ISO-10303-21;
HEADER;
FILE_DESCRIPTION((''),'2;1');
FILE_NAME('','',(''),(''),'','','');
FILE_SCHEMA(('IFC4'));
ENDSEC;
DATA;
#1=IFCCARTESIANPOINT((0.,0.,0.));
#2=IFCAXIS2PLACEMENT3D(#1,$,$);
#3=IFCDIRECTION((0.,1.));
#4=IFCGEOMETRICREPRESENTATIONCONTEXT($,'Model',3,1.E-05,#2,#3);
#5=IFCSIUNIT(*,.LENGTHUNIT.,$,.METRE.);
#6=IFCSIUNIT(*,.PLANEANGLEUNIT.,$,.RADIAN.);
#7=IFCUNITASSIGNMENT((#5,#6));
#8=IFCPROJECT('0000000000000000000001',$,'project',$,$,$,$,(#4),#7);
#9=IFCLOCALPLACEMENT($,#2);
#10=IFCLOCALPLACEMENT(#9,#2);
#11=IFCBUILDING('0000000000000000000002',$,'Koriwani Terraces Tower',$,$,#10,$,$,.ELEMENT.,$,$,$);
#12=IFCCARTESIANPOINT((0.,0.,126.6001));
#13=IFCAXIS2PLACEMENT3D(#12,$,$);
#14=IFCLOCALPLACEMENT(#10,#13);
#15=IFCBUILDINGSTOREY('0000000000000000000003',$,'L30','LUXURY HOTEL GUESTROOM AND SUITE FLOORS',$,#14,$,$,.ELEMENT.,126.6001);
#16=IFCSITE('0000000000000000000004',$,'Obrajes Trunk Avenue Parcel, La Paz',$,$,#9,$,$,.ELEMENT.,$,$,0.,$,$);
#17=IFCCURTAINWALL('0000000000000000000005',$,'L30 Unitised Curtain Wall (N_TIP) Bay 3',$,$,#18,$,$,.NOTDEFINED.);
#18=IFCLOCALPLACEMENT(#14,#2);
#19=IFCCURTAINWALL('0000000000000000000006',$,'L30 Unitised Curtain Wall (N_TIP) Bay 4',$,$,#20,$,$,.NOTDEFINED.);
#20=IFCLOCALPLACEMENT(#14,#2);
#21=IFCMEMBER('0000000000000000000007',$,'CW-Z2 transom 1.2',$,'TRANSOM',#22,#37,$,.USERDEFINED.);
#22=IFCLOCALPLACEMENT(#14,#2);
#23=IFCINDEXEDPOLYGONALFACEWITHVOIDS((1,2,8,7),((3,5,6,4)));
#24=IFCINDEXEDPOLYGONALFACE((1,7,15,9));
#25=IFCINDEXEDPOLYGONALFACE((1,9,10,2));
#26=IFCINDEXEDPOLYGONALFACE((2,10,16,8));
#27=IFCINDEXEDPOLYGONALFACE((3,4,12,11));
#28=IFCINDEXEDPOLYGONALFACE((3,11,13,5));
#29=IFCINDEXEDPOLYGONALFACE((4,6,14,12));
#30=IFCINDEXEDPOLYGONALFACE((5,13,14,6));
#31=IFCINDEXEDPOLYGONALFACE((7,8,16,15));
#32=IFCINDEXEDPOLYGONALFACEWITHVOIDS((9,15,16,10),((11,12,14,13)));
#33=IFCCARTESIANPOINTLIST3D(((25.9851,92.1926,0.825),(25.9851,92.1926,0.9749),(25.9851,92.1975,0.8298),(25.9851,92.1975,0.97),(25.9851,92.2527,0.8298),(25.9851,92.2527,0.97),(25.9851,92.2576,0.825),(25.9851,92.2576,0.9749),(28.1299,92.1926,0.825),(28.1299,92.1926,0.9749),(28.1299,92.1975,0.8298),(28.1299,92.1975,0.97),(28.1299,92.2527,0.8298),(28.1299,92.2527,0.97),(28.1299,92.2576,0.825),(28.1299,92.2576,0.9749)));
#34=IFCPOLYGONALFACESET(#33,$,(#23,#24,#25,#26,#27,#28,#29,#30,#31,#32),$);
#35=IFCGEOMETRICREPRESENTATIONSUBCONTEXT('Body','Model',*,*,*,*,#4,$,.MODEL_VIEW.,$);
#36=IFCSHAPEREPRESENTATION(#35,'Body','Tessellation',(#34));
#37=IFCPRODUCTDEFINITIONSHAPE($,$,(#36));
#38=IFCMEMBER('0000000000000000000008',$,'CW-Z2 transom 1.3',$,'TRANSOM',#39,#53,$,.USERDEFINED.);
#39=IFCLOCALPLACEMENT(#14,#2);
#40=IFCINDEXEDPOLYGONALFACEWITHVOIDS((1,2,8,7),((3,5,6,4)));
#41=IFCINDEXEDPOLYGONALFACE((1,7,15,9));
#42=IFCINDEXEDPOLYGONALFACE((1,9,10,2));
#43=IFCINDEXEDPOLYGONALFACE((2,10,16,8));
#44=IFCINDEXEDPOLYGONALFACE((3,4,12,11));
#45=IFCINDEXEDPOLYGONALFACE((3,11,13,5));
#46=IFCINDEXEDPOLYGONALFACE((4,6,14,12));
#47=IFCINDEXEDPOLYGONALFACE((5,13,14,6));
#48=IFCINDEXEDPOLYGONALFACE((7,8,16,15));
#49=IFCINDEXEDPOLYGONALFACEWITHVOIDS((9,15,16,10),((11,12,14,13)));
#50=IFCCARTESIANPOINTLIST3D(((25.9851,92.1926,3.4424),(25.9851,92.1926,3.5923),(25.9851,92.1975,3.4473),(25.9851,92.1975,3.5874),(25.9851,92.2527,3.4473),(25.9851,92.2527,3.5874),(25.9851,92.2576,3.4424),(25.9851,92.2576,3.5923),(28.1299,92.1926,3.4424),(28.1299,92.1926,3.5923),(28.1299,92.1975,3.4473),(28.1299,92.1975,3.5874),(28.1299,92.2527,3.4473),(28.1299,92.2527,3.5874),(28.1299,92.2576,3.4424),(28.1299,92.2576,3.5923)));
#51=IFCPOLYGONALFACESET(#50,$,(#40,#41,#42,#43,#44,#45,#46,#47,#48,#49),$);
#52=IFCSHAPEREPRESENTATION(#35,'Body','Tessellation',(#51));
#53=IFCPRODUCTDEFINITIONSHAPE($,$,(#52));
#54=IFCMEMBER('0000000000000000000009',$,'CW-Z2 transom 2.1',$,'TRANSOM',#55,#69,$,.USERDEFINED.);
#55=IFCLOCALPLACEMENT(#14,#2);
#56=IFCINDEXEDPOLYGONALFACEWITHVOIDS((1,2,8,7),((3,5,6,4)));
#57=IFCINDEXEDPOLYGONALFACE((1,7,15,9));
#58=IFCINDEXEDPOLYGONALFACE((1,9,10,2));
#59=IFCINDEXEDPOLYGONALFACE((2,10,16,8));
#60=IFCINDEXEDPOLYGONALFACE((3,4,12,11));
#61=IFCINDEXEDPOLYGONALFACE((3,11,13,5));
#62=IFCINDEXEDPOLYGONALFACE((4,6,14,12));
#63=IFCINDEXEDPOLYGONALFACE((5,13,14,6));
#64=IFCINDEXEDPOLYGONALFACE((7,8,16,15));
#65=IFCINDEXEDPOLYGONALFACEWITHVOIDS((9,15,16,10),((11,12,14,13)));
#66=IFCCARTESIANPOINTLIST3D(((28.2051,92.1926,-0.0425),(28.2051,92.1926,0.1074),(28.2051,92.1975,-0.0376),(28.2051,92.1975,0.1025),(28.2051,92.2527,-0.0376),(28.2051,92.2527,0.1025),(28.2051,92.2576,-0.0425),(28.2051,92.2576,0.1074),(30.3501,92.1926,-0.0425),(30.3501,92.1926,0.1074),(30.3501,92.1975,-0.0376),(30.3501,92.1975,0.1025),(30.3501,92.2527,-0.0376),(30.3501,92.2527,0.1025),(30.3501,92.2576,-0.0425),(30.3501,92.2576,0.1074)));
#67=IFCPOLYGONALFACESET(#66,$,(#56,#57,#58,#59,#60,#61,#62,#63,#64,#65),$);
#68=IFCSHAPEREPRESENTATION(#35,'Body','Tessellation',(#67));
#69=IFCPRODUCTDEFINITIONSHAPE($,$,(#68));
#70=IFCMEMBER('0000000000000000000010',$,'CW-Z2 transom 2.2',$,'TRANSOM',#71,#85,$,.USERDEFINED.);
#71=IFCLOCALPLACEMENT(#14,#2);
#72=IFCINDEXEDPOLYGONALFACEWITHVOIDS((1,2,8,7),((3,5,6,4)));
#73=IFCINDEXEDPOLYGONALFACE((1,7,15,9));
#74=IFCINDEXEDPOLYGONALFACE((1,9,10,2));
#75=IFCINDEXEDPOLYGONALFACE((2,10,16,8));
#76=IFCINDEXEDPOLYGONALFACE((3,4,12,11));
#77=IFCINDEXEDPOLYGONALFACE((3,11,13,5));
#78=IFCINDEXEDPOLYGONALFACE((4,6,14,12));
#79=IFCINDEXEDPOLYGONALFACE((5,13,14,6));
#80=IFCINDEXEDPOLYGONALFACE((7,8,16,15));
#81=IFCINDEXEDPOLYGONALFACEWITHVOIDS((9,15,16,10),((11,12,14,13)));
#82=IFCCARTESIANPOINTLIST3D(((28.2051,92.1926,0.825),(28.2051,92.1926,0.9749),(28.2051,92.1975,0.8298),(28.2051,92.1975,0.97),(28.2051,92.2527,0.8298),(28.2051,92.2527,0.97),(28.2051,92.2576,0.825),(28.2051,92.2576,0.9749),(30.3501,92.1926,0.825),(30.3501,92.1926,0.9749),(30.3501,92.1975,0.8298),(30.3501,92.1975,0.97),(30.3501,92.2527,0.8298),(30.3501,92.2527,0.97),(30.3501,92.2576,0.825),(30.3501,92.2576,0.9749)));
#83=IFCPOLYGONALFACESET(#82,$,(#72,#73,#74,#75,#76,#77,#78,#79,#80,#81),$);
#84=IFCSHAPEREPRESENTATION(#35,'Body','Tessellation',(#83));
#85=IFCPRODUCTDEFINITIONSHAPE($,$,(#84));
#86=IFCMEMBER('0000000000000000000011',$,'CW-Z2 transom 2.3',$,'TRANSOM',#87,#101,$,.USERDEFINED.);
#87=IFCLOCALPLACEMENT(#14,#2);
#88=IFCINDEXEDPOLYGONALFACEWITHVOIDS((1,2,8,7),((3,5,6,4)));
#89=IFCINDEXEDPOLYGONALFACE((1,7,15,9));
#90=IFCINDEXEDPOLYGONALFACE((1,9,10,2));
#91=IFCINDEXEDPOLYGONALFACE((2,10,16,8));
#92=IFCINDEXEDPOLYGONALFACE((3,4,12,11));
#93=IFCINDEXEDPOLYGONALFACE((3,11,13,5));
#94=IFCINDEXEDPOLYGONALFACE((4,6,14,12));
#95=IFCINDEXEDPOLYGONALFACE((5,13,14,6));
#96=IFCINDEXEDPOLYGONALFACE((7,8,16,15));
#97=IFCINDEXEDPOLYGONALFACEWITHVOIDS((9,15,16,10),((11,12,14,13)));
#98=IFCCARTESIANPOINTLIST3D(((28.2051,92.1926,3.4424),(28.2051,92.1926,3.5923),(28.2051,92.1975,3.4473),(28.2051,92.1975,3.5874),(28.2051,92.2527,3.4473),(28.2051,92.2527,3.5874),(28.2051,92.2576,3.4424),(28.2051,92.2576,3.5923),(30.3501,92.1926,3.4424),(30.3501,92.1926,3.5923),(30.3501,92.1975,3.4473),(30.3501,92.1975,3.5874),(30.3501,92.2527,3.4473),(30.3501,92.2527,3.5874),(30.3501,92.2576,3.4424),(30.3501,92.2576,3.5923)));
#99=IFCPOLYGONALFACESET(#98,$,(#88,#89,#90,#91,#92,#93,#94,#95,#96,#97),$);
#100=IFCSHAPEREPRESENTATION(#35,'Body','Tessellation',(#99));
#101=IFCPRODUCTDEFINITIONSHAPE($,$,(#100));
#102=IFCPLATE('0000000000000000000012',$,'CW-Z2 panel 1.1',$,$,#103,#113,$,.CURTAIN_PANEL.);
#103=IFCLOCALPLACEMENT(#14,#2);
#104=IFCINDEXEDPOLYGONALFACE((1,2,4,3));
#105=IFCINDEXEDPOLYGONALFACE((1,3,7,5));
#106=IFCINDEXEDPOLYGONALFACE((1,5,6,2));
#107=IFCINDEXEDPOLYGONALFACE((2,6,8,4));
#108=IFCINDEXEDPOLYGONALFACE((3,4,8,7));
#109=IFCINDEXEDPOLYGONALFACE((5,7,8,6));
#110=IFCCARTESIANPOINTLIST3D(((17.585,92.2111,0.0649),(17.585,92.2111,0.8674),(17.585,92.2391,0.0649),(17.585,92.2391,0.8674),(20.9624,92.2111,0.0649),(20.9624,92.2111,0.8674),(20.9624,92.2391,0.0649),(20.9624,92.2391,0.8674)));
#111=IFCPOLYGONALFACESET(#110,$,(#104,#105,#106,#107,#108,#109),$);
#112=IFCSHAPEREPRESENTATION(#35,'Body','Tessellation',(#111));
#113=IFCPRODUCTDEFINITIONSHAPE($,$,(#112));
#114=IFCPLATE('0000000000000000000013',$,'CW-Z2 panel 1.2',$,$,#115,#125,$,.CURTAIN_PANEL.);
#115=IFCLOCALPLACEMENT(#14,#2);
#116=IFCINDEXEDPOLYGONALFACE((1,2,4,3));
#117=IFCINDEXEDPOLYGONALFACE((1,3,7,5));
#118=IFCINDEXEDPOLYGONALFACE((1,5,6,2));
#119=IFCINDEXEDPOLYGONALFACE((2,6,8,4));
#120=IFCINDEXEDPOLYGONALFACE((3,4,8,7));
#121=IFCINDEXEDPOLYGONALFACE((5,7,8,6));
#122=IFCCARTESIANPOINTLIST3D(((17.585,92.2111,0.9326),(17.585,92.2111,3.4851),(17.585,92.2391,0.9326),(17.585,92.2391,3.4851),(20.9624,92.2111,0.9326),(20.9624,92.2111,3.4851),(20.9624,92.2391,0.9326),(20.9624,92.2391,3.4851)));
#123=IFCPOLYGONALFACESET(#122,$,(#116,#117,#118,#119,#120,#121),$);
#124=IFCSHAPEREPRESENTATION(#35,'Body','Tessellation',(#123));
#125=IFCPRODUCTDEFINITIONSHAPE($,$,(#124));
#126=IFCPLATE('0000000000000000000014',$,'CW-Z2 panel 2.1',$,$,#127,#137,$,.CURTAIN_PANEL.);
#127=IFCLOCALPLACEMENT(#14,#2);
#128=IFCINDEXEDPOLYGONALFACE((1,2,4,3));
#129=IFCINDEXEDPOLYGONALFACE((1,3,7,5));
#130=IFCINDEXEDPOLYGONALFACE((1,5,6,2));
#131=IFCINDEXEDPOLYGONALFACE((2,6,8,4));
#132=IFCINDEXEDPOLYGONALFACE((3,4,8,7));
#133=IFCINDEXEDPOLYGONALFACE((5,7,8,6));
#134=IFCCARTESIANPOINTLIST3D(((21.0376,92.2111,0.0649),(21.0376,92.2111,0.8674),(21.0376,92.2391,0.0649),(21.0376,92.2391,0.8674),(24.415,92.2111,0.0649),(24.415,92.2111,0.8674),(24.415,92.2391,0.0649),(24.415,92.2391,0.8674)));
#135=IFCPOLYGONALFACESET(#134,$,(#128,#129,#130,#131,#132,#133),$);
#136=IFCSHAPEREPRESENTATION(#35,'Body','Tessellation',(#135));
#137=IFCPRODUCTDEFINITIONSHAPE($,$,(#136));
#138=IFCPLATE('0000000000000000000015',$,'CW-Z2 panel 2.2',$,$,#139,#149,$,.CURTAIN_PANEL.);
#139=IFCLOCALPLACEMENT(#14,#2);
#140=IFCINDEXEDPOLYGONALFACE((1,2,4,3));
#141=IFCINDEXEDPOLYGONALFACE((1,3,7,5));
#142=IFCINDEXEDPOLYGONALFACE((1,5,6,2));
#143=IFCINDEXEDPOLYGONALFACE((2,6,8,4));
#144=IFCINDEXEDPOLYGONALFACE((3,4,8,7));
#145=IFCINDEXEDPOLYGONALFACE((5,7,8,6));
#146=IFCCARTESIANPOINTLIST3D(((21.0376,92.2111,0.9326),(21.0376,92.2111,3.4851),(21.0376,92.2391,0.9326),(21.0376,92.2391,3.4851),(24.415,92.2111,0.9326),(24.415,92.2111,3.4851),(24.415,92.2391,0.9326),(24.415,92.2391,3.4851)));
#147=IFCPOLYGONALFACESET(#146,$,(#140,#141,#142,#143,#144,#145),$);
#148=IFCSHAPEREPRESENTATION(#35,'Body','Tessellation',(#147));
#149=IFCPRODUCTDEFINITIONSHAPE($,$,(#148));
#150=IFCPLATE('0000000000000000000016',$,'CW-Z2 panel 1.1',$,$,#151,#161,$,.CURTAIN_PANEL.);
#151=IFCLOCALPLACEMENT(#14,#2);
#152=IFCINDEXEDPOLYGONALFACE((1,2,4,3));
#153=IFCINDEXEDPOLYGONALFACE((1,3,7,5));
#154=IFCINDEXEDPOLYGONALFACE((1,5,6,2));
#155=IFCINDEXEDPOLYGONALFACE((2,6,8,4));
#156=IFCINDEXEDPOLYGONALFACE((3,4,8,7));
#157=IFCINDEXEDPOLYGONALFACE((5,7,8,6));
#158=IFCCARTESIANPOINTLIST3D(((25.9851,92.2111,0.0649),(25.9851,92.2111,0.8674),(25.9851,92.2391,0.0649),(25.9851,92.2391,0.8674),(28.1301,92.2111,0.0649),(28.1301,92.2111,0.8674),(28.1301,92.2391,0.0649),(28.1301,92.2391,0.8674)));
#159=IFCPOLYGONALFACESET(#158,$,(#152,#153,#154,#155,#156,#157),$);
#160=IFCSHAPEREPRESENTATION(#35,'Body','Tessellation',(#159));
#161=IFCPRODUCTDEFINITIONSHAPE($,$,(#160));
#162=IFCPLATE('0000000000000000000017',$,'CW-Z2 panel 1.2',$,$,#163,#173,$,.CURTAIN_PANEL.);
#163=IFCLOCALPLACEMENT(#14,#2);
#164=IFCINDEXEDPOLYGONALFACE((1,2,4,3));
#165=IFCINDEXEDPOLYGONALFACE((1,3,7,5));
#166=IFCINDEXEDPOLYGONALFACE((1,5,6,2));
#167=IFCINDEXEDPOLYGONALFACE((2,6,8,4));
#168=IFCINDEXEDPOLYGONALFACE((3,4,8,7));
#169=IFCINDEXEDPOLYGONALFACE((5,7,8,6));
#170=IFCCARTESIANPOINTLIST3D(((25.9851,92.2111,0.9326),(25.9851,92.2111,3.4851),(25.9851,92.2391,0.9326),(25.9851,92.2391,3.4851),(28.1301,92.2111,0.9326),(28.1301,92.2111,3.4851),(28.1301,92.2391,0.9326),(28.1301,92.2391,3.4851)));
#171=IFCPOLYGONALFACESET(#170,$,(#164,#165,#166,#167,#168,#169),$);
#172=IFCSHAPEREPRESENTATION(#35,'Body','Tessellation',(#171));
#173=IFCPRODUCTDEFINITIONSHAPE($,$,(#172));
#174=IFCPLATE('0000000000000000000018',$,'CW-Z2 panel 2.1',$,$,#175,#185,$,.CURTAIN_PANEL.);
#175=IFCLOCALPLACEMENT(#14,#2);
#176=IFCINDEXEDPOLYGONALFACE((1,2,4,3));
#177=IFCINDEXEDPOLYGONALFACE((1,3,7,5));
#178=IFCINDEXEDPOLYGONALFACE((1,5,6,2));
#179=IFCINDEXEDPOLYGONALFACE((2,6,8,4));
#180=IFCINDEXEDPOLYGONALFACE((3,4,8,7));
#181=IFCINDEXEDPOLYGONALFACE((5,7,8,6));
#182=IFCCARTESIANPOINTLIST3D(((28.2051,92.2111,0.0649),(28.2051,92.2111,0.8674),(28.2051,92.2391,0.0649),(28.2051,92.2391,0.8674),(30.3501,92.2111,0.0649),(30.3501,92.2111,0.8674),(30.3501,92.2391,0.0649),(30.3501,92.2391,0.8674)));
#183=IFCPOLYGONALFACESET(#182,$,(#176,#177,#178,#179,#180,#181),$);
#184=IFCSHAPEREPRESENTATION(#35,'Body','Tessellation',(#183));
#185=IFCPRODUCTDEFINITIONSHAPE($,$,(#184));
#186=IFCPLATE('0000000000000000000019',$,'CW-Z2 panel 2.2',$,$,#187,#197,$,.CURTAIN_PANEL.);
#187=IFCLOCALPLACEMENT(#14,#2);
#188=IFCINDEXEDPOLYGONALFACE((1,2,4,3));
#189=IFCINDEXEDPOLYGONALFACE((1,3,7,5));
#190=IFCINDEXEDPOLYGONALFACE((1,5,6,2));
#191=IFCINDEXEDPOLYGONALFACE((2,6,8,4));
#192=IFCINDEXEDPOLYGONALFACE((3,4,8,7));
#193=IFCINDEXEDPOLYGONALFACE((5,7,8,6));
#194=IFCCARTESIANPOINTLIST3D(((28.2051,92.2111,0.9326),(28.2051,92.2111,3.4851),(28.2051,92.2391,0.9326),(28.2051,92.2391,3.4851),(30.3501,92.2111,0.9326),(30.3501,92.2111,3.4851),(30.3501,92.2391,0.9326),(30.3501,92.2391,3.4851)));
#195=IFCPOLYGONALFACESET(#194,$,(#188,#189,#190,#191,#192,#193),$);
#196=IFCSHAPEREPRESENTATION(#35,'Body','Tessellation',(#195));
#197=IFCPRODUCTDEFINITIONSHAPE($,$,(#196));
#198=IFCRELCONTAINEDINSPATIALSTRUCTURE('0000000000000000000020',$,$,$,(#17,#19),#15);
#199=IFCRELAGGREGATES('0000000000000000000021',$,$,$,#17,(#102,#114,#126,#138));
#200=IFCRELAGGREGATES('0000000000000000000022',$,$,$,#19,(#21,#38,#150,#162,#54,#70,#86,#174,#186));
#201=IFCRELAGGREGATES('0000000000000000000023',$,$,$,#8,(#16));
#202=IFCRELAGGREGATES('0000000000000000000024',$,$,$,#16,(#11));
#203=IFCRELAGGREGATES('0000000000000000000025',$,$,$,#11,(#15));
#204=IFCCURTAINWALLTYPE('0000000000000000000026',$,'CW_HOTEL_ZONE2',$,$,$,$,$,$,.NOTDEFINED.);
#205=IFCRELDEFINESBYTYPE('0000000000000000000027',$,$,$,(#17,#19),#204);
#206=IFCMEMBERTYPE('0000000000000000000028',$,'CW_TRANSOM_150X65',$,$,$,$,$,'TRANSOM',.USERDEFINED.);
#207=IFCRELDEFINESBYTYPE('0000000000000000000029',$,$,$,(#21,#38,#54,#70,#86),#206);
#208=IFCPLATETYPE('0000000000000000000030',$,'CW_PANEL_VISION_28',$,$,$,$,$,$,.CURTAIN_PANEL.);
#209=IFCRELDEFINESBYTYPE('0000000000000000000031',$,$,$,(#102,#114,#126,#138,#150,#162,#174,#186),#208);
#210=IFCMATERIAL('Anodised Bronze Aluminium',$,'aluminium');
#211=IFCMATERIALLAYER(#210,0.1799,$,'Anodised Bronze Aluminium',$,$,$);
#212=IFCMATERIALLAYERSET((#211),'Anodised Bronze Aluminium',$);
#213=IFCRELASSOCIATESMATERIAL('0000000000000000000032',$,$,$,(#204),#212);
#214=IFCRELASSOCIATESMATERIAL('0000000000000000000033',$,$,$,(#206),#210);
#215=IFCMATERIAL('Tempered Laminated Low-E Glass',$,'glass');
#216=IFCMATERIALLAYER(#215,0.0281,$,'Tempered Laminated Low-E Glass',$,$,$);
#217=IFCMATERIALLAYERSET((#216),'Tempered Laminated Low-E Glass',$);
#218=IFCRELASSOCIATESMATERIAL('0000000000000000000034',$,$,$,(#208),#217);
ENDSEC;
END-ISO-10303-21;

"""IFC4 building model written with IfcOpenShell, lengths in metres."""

from ifc_helpers import new_model, si_unit, direction, frame, origin, origin_2d, place, context, subcontext, project, spatial, rectangle, hollow_rectangle, extrude, material, layer, layer_set, material_profile, profile_set, type_object, element, aggregate, save


model = new_model("IFC4")

# Units and contexts
model_context = context("Model", 3, precision=1e-05, world=origin(), true_north=direction((0.0, 1.0)))
body_context = subcontext(model_context, "Body", "Model", "MODEL_VIEW")
ifc_project = project(units=[si_unit("LENGTHUNIT", "METRE"), si_unit("PLANEANGLEUNIT", "RADIAN")], contexts=[model_context])

# Site, building, storey
site_placement = place(None, origin())
site = spatial("IfcSite", under=ifc_project, at=site_placement, Name="Obrajes Trunk Avenue Parcel, La Paz", CompositionType="ELEMENT", RefElevation=0.0)
building_placement = place(site_placement, origin())
building = spatial("IfcBuilding", under=site, at=building_placement, Name="Koriwani Terraces Tower", CompositionType="ELEMENT")
storey_placement = place(building_placement, frame((0.0, 0.0, 126.6001)))
storey = spatial("IfcBuildingStorey", under=building, at=storey_placement, Name="L30", Description="LUXURY HOTEL GUESTROOM AND SUITE FLOORS", CompositionType="ELEMENT", Elevation=126.6001)

# Curtain walls
ifc_material_1 = material(Name="Anodised Bronze Aluminium", Category="aluminium")
ifc_layer_1 = layer(ifc_material_1, 0.1799, Name="Anodised Bronze Aluminium")
ifc_layer_set_1 = layer_set([ifc_layer_1], Name="Anodised Bronze Aluminium")
curtain_wall_type = type_object("IfcCurtainWallType", Name="CW_HOTEL_ZONE2", PredefinedType="NOTDEFINED", material=ifc_layer_set_1)
curtain_wall_1_placement = place(storey_placement, origin())
curtain_wall_1 = element("IfcCurtainWall", 1, at=curtain_wall_1_placement, inside=storey, type_object=curtain_wall_type, Name="L30 Unitised Curtain Wall (N_TIP) Bay 3", PredefinedType="NOTDEFINED")
curtain_wall_2_placement = place(storey_placement, origin())
curtain_wall_2 = element("IfcCurtainWall", 2, at=curtain_wall_2_placement, inside=storey, type_object=curtain_wall_type, Name="L30 Unitised Curtain Wall (N_TIP) Bay 4", PredefinedType="NOTDEFINED")

# Members
ifc_material_profile_1 = material_profile(ifc_material_1, hollow_rectangle(XDim=0.0649, YDim=0.1499, WallThickness=0.0049, at=origin_2d()), Name="Anodised Bronze Aluminium", Category="LoadBearing")
ifc_profile_set_1 = profile_set([ifc_material_profile_1], Name="Anodised Bronze Aluminium")
member_type_1 = type_object("IfcMemberType", Name="CW_TRANSOM_150X65", ElementType="TRANSOM", PredefinedType="USERDEFINED", material=ifc_profile_set_1)
member_1_placement = place(storey_placement, frame((25.9851, 92.2251, 0.8999), z_axis=(1.0, 0.0, 0.0), x_axis=(0.0, 1.0, 0.0)))
member_1 = element("IfcMember", 3, at=member_1_placement, type_object=member_type_1, Name="CW-Z2 transom 1.2", ObjectType="TRANSOM", PredefinedType="USERDEFINED", context=body_context, shape_type="SweptSolid", body=[
    extrude(hollow_rectangle(XDim=0.0649, YDim=0.1499, WallThickness=0.0049, at=origin_2d()), origin(), (0.0, 0.0, 1.0), 2.1448),
])
member_2_placement = place(storey_placement, frame((25.9851, 92.2251, 3.5173), z_axis=(1.0, 0.0, 0.0), x_axis=(0.0, 1.0, 0.0)))
member_2 = element("IfcMember", 4, at=member_2_placement, type_object=member_type_1, Name="CW-Z2 transom 1.3", ObjectType="TRANSOM", PredefinedType="USERDEFINED", context=body_context, shape_type="SweptSolid", body=[
    extrude(hollow_rectangle(XDim=0.0649, YDim=0.1499, WallThickness=0.0049, at=origin_2d()), origin(), (0.0, 0.0, 1.0), 2.1448),
])
member_3_placement = place(storey_placement, frame((28.2051, 92.2251, 0.0325), z_axis=(1.0, 0.0, 0.0), x_axis=(0.0, 1.0, 0.0)))
member_3 = element("IfcMember", 5, at=member_3_placement, type_object=member_type_1, Name="CW-Z2 transom 2.1", ObjectType="TRANSOM", PredefinedType="USERDEFINED", context=body_context, shape_type="SweptSolid", body=[
    extrude(hollow_rectangle(XDim=0.0649, YDim=0.1499, WallThickness=0.0049, at=origin_2d()), origin(), (0.0, 0.0, 1.0), 2.145),
])
member_4_placement = place(storey_placement, frame((28.2051, 92.2251, 0.8999), z_axis=(1.0, 0.0, 0.0), x_axis=(0.0, 1.0, 0.0)))
member_4 = element("IfcMember", 6, at=member_4_placement, type_object=member_type_1, Name="CW-Z2 transom 2.2", ObjectType="TRANSOM", PredefinedType="USERDEFINED", context=body_context, shape_type="SweptSolid", body=[
    extrude(hollow_rectangle(XDim=0.0649, YDim=0.1499, WallThickness=0.0049, at=origin_2d()), origin(), (0.0, 0.0, 1.0), 2.145),
])
member_5_placement = place(storey_placement, frame((28.2051, 92.2251, 3.5173), z_axis=(1.0, 0.0, 0.0), x_axis=(0.0, 1.0, 0.0)))
member_5 = element("IfcMember", 7, at=member_5_placement, type_object=member_type_1, Name="CW-Z2 transom 2.3", ObjectType="TRANSOM", PredefinedType="USERDEFINED", context=body_context, shape_type="SweptSolid", body=[
    extrude(hollow_rectangle(XDim=0.0649, YDim=0.1499, WallThickness=0.0049, at=origin_2d()), origin(), (0.0, 0.0, 1.0), 2.145),
])

# Plates
ifc_material_2 = material(Name="Tempered Laminated Low-E Glass", Category="glass")
ifc_layer_2 = layer(ifc_material_2, 0.0281, Name="Tempered Laminated Low-E Glass")
ifc_layer_set_2 = layer_set([ifc_layer_2], Name="Tempered Laminated Low-E Glass")
plate_type = type_object("IfcPlateType", Name="CW_PANEL_VISION_28", PredefinedType="CURTAIN_PANEL", material=ifc_layer_set_2)
plate_1_placement = place(storey_placement, frame((19.2737, 92.2251, 0.0649), z_axis=(0.0, 0.0, 1.0), x_axis=(1.0, 0.0, 0.0)))
plate_1 = element("IfcPlate", 8, at=plate_1_placement, type_object=plate_type, Name="CW-Z2 panel 1.1", PredefinedType="CURTAIN_PANEL", context=body_context, shape_type="SweptSolid", body=[
    extrude(rectangle(XDim=3.3774, YDim=0.0281, at=origin_2d()), origin(), (0.0, 0.0, 1.0), 0.8025),
])
plate_2_placement = place(storey_placement, frame((19.2737, 92.2251, 0.9326), z_axis=(0.0, 0.0, 1.0), x_axis=(1.0, 0.0, 0.0)))
plate_2 = element("IfcPlate", 9, at=plate_2_placement, type_object=plate_type, Name="CW-Z2 panel 1.2", PredefinedType="CURTAIN_PANEL", context=body_context, shape_type="SweptSolid", body=[
    extrude(rectangle(XDim=3.3774, YDim=0.0281, at=origin_2d()), origin(), (0.0, 0.0, 1.0), 2.5525),
])
plate_3_placement = place(storey_placement, frame((22.7263, 92.2251, 0.0649), z_axis=(0.0, 0.0, 1.0), x_axis=(1.0, 0.0, 0.0)))
plate_3 = element("IfcPlate", 10, at=plate_3_placement, type_object=plate_type, Name="CW-Z2 panel 2.1", PredefinedType="CURTAIN_PANEL", context=body_context, shape_type="SweptSolid", body=[
    extrude(rectangle(XDim=3.3774, YDim=0.0281, at=origin_2d()), origin(), (0.0, 0.0, 1.0), 0.8025),
])
plate_4_placement = place(storey_placement, frame((22.7263, 92.2251, 0.9326), z_axis=(0.0, 0.0, 1.0), x_axis=(1.0, 0.0, 0.0)))
plate_4 = element("IfcPlate", 11, at=plate_4_placement, type_object=plate_type, Name="CW-Z2 panel 2.2", PredefinedType="CURTAIN_PANEL", context=body_context, shape_type="SweptSolid", body=[
    extrude(rectangle(XDim=3.3774, YDim=0.0281, at=origin_2d()), origin(), (0.0, 0.0, 1.0), 2.5525),
])
aggregate(curtain_wall_1, [plate_1, plate_2, plate_3, plate_4])
plate_5_placement = place(storey_placement, frame((27.0576, 92.2251, 0.0649), z_axis=(0.0, 0.0, 1.0), x_axis=(1.0, 0.0, 0.0)))
plate_5 = element("IfcPlate", 12, at=plate_5_placement, type_object=plate_type, Name="CW-Z2 panel 1.1", PredefinedType="CURTAIN_PANEL", context=body_context, shape_type="SweptSolid", body=[
    extrude(rectangle(XDim=2.145, YDim=0.0281, at=origin_2d()), origin(), (0.0, 0.0, 1.0), 0.8025),
])
plate_6_placement = place(storey_placement, frame((27.0576, 92.2251, 0.9326), z_axis=(0.0, 0.0, 1.0), x_axis=(1.0, 0.0, 0.0)))
plate_6 = element("IfcPlate", 13, at=plate_6_placement, type_object=plate_type, Name="CW-Z2 panel 1.2", PredefinedType="CURTAIN_PANEL", context=body_context, shape_type="SweptSolid", body=[
    extrude(rectangle(XDim=2.145, YDim=0.0281, at=origin_2d()), origin(), (0.0, 0.0, 1.0), 2.5525),
])
plate_7_placement = place(storey_placement, frame((29.2776, 92.2251, 0.0649), z_axis=(0.0, 0.0, 1.0), x_axis=(1.0, 0.0, 0.0)))
plate_7 = element("IfcPlate", 14, at=plate_7_placement, type_object=plate_type, Name="CW-Z2 panel 2.1", PredefinedType="CURTAIN_PANEL", context=body_context, shape_type="SweptSolid", body=[
    extrude(rectangle(XDim=2.145, YDim=0.0281, at=origin_2d()), origin(), (0.0, 0.0, 1.0), 0.8025),
])
plate_8_placement = place(storey_placement, frame((29.2776, 92.2251, 0.9326), z_axis=(0.0, 0.0, 1.0), x_axis=(1.0, 0.0, 0.0)))
plate_8 = element("IfcPlate", 15, at=plate_8_placement, type_object=plate_type, Name="CW-Z2 panel 2.2", PredefinedType="CURTAIN_PANEL", context=body_context, shape_type="SweptSolid", body=[
    extrude(rectangle(XDim=2.145, YDim=0.0281, at=origin_2d()), origin(), (0.0, 0.0, 1.0), 2.5525),
])
aggregate(curtain_wall_2, [member_1, member_2, plate_5, plate_6, member_3, member_4, member_5, plate_7, plate_8])

save(model, "model.ifc")
